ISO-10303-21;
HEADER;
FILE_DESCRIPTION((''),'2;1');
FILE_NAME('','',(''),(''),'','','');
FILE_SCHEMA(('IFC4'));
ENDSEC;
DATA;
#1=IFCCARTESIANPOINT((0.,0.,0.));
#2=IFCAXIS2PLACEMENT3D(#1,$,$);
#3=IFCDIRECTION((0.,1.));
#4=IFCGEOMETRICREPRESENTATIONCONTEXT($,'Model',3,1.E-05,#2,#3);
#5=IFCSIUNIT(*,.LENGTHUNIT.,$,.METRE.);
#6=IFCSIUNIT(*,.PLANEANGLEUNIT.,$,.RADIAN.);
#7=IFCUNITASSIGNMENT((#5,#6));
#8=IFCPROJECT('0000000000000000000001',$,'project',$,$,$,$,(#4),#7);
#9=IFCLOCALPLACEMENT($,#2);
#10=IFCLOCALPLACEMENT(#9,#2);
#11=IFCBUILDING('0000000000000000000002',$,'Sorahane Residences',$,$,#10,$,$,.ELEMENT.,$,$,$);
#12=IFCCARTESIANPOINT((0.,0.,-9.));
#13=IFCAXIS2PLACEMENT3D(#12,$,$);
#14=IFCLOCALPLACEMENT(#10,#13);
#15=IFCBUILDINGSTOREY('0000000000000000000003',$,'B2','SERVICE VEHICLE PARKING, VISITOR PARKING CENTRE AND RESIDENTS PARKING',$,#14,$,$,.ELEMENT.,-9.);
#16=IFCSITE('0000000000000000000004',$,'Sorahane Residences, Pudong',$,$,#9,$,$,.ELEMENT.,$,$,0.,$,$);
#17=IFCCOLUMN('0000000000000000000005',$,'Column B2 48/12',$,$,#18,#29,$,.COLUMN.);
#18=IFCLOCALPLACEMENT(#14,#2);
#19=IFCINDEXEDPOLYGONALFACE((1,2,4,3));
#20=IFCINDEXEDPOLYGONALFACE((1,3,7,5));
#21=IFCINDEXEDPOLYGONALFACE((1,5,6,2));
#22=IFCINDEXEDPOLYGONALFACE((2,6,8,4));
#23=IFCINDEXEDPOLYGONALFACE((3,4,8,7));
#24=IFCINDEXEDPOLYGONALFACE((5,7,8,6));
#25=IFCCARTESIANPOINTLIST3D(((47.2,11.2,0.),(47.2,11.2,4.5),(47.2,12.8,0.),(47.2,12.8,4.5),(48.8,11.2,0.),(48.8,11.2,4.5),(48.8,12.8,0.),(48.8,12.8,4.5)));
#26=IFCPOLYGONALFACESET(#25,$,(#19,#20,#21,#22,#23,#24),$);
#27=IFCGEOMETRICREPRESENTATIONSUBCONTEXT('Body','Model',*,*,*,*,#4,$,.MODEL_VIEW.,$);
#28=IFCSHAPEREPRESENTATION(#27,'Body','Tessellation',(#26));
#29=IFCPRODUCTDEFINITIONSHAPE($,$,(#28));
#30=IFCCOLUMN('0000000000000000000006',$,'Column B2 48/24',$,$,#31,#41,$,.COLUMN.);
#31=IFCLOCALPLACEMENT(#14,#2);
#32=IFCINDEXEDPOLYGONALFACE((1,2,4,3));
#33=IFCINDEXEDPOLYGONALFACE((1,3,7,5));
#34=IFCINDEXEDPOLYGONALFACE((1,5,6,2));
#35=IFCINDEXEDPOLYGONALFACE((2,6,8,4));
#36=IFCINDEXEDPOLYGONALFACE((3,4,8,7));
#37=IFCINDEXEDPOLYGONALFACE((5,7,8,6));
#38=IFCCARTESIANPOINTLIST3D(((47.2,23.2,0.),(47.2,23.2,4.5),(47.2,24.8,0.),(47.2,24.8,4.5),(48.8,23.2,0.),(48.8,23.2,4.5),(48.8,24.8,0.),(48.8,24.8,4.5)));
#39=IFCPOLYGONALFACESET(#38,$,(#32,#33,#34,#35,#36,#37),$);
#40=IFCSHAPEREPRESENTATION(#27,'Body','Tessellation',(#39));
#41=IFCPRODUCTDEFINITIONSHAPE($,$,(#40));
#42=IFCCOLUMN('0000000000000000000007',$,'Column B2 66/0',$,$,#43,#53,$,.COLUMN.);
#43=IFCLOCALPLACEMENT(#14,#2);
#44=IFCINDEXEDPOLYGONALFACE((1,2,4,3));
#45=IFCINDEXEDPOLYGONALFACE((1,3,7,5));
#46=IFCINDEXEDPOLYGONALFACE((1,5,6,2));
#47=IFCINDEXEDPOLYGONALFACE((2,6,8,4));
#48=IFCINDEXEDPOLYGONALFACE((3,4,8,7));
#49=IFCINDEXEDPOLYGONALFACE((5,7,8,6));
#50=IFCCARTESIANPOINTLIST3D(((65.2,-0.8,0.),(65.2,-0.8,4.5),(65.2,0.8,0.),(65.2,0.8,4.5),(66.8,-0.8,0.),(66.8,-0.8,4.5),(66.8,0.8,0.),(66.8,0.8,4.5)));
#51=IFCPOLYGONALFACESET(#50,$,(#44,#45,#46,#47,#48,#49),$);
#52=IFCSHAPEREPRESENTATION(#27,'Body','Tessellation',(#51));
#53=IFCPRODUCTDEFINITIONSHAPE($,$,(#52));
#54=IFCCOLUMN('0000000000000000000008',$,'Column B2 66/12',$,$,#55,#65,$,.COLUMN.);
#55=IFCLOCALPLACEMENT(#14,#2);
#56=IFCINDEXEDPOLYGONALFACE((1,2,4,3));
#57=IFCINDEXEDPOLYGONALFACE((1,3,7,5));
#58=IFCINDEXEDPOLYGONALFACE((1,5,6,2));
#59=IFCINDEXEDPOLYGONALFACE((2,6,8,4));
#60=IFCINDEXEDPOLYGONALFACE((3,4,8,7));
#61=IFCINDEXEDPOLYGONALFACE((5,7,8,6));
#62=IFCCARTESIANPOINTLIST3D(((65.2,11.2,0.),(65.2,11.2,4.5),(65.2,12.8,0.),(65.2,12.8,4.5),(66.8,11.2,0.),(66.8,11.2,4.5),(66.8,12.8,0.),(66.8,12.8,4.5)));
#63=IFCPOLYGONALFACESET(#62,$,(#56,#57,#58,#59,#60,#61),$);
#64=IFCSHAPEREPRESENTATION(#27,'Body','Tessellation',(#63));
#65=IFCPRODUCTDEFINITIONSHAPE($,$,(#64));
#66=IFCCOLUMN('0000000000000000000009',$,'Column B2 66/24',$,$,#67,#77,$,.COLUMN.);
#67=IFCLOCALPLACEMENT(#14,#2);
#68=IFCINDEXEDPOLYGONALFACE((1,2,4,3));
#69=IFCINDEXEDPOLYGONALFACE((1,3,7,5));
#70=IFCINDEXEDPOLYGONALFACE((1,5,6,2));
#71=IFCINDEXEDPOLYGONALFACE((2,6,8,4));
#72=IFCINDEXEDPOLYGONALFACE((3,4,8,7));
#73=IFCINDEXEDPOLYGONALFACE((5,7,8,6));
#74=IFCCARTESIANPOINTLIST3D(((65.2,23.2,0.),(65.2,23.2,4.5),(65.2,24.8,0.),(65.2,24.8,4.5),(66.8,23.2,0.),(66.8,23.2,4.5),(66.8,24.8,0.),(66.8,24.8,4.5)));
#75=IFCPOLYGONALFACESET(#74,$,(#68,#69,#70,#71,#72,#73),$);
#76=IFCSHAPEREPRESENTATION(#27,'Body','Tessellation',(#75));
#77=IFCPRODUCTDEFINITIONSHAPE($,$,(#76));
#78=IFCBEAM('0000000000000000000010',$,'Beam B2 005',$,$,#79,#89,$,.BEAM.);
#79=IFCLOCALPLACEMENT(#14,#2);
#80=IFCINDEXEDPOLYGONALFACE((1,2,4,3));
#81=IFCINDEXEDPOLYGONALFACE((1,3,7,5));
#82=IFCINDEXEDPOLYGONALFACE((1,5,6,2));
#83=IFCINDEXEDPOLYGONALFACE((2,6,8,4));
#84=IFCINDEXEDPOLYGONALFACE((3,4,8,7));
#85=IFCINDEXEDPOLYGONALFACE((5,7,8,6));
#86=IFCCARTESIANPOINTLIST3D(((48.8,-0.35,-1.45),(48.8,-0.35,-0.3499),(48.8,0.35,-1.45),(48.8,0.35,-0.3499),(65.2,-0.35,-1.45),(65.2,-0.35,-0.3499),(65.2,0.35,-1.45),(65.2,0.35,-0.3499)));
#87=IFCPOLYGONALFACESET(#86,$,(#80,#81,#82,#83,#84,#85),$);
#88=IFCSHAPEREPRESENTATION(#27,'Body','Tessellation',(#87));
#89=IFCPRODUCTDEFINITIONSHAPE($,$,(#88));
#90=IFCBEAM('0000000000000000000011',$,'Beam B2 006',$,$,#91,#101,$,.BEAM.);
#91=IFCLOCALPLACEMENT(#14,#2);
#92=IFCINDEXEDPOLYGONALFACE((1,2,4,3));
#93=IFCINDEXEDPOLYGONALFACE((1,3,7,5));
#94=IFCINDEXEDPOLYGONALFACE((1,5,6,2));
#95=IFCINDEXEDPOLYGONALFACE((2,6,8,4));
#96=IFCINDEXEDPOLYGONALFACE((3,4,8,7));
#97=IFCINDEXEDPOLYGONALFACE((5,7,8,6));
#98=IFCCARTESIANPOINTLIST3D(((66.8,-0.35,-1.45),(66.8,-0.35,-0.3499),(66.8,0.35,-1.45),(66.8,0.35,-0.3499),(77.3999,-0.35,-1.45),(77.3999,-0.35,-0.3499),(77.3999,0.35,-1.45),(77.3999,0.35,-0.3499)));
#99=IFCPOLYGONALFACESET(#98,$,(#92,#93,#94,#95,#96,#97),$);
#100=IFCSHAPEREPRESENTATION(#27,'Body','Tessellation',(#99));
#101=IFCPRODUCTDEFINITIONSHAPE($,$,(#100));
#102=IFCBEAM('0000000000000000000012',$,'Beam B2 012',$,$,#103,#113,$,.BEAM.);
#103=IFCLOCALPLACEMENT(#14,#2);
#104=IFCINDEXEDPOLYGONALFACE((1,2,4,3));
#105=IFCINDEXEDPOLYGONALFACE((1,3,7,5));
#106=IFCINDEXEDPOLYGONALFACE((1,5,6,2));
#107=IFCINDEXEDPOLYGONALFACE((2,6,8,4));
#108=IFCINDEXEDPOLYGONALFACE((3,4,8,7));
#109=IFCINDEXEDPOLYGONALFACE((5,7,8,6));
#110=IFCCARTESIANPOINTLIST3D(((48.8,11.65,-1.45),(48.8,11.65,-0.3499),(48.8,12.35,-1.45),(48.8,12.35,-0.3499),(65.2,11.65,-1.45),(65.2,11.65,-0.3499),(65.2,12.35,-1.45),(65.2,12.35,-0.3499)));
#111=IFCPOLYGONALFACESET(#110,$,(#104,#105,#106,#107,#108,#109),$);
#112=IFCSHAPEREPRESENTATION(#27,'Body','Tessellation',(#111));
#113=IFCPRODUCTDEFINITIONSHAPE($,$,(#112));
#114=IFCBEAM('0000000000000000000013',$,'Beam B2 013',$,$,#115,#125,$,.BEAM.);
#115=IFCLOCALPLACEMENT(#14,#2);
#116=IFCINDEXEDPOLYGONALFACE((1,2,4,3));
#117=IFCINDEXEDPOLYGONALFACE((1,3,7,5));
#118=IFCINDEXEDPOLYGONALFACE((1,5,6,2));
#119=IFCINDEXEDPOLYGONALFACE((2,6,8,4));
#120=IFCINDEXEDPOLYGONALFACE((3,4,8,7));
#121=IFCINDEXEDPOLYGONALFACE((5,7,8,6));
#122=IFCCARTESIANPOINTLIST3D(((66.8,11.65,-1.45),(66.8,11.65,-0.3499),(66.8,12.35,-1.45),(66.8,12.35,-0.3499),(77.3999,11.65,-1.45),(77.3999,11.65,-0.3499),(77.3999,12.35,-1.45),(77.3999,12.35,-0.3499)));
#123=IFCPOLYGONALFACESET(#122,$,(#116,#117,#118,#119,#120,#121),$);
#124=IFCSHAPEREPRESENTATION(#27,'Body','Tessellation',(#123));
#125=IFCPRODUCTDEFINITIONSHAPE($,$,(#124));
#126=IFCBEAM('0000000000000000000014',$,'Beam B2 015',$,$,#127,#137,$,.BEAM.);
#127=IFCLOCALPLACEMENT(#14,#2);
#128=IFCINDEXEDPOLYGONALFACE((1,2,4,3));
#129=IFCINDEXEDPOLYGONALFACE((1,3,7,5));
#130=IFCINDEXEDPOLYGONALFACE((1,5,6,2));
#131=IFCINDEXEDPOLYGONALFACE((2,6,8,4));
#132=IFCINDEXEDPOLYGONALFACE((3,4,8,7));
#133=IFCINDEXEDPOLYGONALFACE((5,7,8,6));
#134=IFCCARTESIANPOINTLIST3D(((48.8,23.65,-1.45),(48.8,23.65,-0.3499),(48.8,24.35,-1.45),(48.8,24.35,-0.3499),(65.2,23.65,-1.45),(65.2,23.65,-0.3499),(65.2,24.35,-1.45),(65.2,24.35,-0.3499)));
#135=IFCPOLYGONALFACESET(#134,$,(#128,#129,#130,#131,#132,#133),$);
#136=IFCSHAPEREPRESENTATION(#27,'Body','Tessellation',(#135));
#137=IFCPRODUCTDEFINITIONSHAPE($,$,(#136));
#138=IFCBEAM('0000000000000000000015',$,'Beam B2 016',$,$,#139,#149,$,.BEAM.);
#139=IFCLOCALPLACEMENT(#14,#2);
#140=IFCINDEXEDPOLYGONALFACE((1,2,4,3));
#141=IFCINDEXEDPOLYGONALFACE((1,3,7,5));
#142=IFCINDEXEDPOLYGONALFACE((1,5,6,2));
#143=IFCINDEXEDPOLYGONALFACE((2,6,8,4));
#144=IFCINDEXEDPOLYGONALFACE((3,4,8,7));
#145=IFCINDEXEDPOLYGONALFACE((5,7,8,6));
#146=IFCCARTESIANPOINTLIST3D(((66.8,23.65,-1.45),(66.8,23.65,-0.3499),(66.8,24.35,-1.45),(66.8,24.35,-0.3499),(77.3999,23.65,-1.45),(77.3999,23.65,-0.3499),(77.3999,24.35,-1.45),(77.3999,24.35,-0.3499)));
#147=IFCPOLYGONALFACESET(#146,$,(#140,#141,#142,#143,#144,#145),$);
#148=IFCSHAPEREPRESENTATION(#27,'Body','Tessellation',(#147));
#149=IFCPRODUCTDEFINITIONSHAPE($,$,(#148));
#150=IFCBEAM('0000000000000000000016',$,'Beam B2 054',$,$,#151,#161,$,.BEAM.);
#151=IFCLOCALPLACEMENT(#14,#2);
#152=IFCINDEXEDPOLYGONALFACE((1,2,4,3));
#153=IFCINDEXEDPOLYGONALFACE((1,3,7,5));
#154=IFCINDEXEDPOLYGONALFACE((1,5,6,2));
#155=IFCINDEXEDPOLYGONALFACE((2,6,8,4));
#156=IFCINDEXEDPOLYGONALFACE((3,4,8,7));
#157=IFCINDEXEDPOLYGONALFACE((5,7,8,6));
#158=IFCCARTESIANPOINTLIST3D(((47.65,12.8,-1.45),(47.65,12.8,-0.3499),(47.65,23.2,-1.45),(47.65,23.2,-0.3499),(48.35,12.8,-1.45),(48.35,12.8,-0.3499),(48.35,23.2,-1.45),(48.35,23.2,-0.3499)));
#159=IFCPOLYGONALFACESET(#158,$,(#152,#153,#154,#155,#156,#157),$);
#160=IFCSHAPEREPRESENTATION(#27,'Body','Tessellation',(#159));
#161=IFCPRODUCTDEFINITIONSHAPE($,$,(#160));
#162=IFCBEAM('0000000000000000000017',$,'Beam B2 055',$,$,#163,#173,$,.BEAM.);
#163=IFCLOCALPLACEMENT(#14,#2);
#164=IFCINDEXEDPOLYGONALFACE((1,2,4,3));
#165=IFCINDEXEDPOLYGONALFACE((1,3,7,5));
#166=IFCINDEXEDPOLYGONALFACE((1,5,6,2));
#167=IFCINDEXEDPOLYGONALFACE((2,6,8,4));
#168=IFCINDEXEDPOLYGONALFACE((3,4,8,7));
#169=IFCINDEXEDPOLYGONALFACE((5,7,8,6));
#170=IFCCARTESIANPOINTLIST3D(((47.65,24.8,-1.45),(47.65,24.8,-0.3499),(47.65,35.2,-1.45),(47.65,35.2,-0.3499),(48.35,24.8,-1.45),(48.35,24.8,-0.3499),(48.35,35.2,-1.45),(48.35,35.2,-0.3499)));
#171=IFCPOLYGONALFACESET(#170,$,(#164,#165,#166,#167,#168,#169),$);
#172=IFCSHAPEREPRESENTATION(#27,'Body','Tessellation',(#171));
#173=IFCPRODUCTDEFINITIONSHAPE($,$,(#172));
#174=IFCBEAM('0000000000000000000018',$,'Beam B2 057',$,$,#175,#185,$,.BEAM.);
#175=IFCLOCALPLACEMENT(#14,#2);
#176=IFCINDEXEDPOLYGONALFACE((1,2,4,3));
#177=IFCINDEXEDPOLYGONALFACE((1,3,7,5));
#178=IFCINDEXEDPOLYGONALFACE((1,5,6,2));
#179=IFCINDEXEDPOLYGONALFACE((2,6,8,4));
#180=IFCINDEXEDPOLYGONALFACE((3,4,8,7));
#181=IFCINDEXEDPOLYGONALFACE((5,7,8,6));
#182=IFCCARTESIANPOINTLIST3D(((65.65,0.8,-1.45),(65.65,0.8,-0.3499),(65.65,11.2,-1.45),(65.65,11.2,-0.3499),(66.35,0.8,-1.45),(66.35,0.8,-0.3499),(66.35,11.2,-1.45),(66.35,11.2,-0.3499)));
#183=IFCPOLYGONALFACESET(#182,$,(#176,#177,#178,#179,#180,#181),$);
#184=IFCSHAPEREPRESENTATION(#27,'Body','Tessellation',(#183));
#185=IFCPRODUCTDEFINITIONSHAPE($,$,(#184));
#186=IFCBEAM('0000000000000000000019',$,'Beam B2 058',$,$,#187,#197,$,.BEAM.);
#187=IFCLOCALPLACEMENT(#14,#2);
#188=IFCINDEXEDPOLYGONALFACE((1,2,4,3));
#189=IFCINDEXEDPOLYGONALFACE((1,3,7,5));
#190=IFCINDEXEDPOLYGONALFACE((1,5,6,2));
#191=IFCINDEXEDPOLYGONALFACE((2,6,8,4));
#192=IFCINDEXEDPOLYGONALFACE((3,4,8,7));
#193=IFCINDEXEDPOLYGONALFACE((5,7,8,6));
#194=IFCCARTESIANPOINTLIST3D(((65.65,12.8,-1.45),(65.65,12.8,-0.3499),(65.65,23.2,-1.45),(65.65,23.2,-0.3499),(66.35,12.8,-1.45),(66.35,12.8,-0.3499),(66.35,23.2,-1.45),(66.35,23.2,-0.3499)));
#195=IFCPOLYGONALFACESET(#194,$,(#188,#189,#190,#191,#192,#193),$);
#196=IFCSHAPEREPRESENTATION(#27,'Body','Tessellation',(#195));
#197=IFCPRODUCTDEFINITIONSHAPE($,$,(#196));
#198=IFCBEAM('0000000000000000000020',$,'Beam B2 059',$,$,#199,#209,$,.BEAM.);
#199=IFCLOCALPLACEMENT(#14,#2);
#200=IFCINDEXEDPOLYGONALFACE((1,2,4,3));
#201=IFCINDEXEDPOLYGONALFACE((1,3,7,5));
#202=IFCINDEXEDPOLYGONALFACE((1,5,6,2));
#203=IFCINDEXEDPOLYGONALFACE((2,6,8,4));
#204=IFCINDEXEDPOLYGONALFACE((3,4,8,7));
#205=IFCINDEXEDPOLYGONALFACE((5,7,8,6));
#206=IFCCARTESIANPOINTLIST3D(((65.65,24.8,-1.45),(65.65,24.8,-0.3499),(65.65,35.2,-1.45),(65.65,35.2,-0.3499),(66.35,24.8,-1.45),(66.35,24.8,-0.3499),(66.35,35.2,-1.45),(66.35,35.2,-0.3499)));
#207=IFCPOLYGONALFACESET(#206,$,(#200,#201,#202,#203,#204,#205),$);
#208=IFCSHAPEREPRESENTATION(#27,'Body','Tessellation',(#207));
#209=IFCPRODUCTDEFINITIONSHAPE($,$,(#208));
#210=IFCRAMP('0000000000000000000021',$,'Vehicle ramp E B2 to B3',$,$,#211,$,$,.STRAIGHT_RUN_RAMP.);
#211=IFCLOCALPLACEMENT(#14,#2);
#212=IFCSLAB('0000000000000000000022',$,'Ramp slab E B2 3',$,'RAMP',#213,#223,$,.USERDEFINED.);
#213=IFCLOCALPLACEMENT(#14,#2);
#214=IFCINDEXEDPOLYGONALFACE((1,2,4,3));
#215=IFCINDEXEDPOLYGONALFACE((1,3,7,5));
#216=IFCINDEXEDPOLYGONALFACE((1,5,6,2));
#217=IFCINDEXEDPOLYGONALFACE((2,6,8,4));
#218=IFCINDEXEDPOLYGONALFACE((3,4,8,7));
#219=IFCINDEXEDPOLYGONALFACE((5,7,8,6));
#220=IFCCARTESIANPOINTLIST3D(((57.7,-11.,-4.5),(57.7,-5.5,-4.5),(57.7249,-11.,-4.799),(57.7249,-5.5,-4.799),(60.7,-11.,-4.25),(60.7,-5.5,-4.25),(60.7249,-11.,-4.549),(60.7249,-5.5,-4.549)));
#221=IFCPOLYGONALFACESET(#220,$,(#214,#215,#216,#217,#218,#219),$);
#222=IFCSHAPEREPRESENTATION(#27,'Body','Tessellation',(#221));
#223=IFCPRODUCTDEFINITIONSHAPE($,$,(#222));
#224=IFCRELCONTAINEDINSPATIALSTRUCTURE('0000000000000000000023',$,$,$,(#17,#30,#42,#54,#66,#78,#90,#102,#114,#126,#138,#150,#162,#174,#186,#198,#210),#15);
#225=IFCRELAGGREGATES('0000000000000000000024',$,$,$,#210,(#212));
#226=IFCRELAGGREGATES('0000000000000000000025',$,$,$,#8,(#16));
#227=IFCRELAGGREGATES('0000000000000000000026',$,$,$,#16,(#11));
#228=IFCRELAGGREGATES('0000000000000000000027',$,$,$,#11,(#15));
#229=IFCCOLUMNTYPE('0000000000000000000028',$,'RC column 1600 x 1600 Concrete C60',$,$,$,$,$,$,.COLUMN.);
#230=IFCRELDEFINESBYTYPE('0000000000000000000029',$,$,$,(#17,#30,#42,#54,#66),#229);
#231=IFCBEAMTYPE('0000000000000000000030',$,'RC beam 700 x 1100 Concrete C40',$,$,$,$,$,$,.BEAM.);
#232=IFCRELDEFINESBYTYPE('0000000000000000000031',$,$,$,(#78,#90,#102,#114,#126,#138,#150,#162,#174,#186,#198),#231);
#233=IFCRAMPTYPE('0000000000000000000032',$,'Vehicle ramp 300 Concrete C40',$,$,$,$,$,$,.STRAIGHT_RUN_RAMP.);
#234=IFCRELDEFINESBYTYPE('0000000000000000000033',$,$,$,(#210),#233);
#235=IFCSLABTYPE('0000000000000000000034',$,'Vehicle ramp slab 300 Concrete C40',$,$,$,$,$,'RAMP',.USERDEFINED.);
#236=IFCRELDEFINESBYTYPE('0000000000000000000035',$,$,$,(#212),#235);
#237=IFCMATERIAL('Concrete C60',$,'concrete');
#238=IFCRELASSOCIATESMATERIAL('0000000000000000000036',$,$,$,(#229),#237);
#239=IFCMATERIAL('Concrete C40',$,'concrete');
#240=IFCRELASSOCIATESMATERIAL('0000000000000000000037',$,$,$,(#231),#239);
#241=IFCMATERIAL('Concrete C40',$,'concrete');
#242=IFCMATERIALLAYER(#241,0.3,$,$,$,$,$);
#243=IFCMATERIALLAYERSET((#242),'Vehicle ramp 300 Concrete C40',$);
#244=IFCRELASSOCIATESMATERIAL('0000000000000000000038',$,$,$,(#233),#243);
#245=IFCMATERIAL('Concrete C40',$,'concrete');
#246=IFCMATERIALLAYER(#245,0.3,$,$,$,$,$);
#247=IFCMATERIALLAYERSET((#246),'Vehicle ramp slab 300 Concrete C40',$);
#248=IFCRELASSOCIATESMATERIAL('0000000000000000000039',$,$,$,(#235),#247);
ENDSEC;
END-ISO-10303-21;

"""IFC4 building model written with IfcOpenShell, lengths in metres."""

from ifc_helpers import new_model, si_unit, direction, frame, origin, origin_2d, place, context, subcontext, project, spatial, polyline, rectangle, outline, extrude, material, layer, layer_set, material_profile, profile_set, type_object, element, aggregate, save


model = new_model("IFC4")

# Units and contexts
model_context = context("Model", 3, precision=1e-05, world=origin(), true_north=direction((0.0, 1.0)))
body_context = subcontext(model_context, "Body", "Model", "MODEL_VIEW")
ifc_project = project(units=[si_unit("LENGTHUNIT", "METRE"), si_unit("PLANEANGLEUNIT", "RADIAN")], contexts=[model_context])

# Site, building, storey
site_placement = place(None, origin())
site = spatial("IfcSite", under=ifc_project, at=site_placement, Name="Sorahane Residences, Pudong", CompositionType="ELEMENT", RefElevation=0.0)
building_placement = place(site_placement, origin())
building = spatial("IfcBuilding", under=site, at=building_placement, Name="Sorahane Residences", CompositionType="ELEMENT")
storey_placement = place(building_placement, frame((0.0, 0.0, -9.0)))
storey = spatial("IfcBuildingStorey", under=building, at=storey_placement, Name="B2", Description="SERVICE VEHICLE PARKING, VISITOR PARKING CENTRE AND RESIDENTS PARKING", CompositionType="ELEMENT", Elevation=-9.0)

# Columns
ifc_material_1 = material(Name="Concrete C60", Category="concrete")
ifc_material_profile_1 = material_profile(ifc_material_1, rectangle(XDim=1.6001, YDim=1.6001, at=origin_2d()), Name="1600x1600")
ifc_profile_set_1 = profile_set([ifc_material_profile_1], Name="Concrete C60")
column_type = type_object("IfcColumnType", Name="RC column 1600 x 1600 Concrete C60", PredefinedType="COLUMN", material=ifc_profile_set_1)
for number, where, z_axis, x_axis, name in (
    (1, (48.0, 12.0, 0.0), (0.0, 0.0, 1.0), (1.0, 0.0, 0.0), "Column B2 48/12"),
    (2, (48.0, 24.0, 0.0), (0.0, 0.0, 1.0), (1.0, 0.0, 0.0), "Column B2 48/24"),
    (3, (66.0, 0.0, 0.0), (0.0, 0.0, 1.0), (1.0, 0.0, 0.0), "Column B2 66/0"),
    (4, (66.0, 12.0, 0.0), (0.0, 0.0, 1.0), (1.0, 0.0, 0.0), "Column B2 66/12"),
    (5, (66.0, 24.0, 0.0), (0.0, 0.0, 1.0), (1.0, 0.0, 0.0), "Column B2 66/24"),
):
    element("IfcColumn", number, at=place(storey_placement, frame(where, z_axis=z_axis, x_axis=x_axis)), inside=storey, type_object=column_type, Name=name, PredefinedType="COLUMN", context=body_context, shape_type="SweptSolid", body=[
        extrude(rectangle(XDim=1.6001, YDim=1.6001, at=origin_2d()), origin(), (0.0, 0.0, 1.0), 4.5),
    ])

# Beams
ifc_material_2 = material(Name="Concrete C40", Category="concrete")
ifc_material_profile_2 = material_profile(ifc_material_2, rectangle(XDim=0.7, YDim=1.1001, at=origin_2d()), Name="700x1100")
ifc_profile_set_2 = profile_set([ifc_material_profile_2], Name="Concrete C40")
beam_type = type_object("IfcBeamType", Name="RC beam 700 x 1100 Concrete C40", PredefinedType="BEAM", material=ifc_profile_set_2)
beam_1_placement = place(storey_placement, frame((48.8, 0.0, -0.8999), z_axis=(1.0, 0.0, 0.0), x_axis=(0.0, 1.0, 0.0)))
element("IfcBeam", 6, at=beam_1_placement, inside=storey, type_object=beam_type, Name="Beam B2 005", PredefinedType="BEAM", context=body_context, shape_type="SweptSolid", body=[
    extrude(rectangle(XDim=0.7, YDim=1.1001, at=origin_2d()), origin(), (0.0, 0.0, 1.0), 16.3999),
])
beam_2_placement = place(storey_placement, frame((66.8, 0.0, -0.8999), z_axis=(1.0, 0.0, 0.0), x_axis=(0.0, 1.0, 0.0)))
element("IfcBeam", 7, at=beam_2_placement, inside=storey, type_object=beam_type, Name="Beam B2 006", PredefinedType="BEAM", context=body_context, shape_type="SweptSolid", body=[
    extrude(rectangle(XDim=0.7, YDim=1.1001, at=origin_2d()), origin(), (0.0, 0.0, 1.0), 10.5999),
])
beam_3_placement = place(storey_placement, frame((48.8, 12.0, -0.8999), z_axis=(1.0, 0.0, 0.0), x_axis=(0.0, 1.0, 0.0)))
element("IfcBeam", 8, at=beam_3_placement, inside=storey, type_object=beam_type, Name="Beam B2 012", PredefinedType="BEAM", context=body_context, shape_type="SweptSolid", body=[
    extrude(rectangle(XDim=0.7, YDim=1.1001, at=origin_2d()), origin(), (0.0, 0.0, 1.0), 16.3999),
])
beam_4_placement = place(storey_placement, frame((66.8, 12.0, -0.8999), z_axis=(1.0, 0.0, 0.0), x_axis=(0.0, 1.0, 0.0)))
element("IfcBeam", 9, at=beam_4_placement, inside=storey, type_object=beam_type, Name="Beam B2 013", PredefinedType="BEAM", context=body_context, shape_type="SweptSolid", body=[
    extrude(rectangle(XDim=0.7, YDim=1.1001, at=origin_2d()), origin(), (0.0, 0.0, 1.0), 10.5999),
])
beam_5_placement = place(storey_placement, frame((48.8, 24.0, -0.8999), z_axis=(1.0, 0.0, 0.0), x_axis=(0.0, 1.0, 0.0)))
element("IfcBeam", 10, at=beam_5_placement, inside=storey, type_object=beam_type, Name="Beam B2 015", PredefinedType="BEAM", context=body_context, shape_type="SweptSolid", body=[
    extrude(rectangle(XDim=0.7, YDim=1.1001, at=origin_2d()), origin(), (0.0, 0.0, 1.0), 16.3999),
])
beam_6_placement = place(storey_placement, frame((66.8, 24.0, -0.8999), z_axis=(1.0, 0.0, 0.0), x_axis=(0.0, 1.0, 0.0)))
element("IfcBeam", 11, at=beam_6_placement, inside=storey, type_object=beam_type, Name="Beam B2 016", PredefinedType="BEAM", context=body_context, shape_type="SweptSolid", body=[
    extrude(rectangle(XDim=0.7, YDim=1.1001, at=origin_2d()), origin(), (0.0, 0.0, 1.0), 10.5999),
])
for number, where, z_axis, x_axis, name in (
    (12, (48.0, 12.8, -0.8999), (0.0, 1.0, 0.0), (-1.0, 0.0, 0.0), "Beam B2 054"),
    (13, (48.0, 24.8, -0.8999), (0.0, 1.0, 0.0), (-1.0, 0.0, 0.0), "Beam B2 055"),
    (14, (66.0, 0.8, -0.8999), (0.0, 1.0, 0.0), (-1.0, 0.0, 0.0), "Beam B2 057"),
    (15, (66.0, 12.8, -0.8999), (0.0, 1.0, 0.0), (-1.0, 0.0, 0.0), "Beam B2 058"),
    (16, (66.0, 24.8, -0.8999), (0.0, 1.0, 0.0), (-1.0, 0.0, 0.0), "Beam B2 059"),
):
    element("IfcBeam", number, at=place(storey_placement, frame(where, z_axis=z_axis, x_axis=x_axis)), inside=storey, type_object=beam_type, Name=name, PredefinedType="BEAM", context=body_context, shape_type="SweptSolid", body=[
        extrude(rectangle(XDim=0.7, YDim=1.1001, at=origin_2d()), origin(), (0.0, 0.0, 1.0), 10.3999),
    ])

# Ramp, slab
ifc_material_3 = material(Name="Concrete C40", Category="concrete")
ifc_layer_1 = layer(ifc_material_3, 0.3)
ifc_layer_set_1 = layer_set([ifc_layer_1], Name="Vehicle ramp 300 Concrete C40")
ramp_type = type_object("IfcRampType", Name="Vehicle ramp 300 Concrete C40", PredefinedType="STRAIGHT_RUN_RAMP", material=ifc_layer_set_1)
ramp_placement = place(storey_placement, origin())
ramp = element("IfcRamp", 17, at=ramp_placement, inside=storey, type_object=ramp_type, Name="Vehicle ramp E B2 to B3", PredefinedType="STRAIGHT_RUN_RAMP")
ifc_material_4 = material(Name="Concrete C40", Category="concrete")
ifc_layer_2 = layer(ifc_material_4, 0.3)
ifc_layer_set_2 = layer_set([ifc_layer_2], Name="Vehicle ramp slab 300 Concrete C40")
slab_type = type_object("IfcSlabType", Name="Vehicle ramp slab 300 Concrete C40", ElementType="RAMP", PredefinedType="USERDEFINED", material=ifc_layer_set_2)
slab_placement = place(storey_placement, frame((60.7, -11.0, -4.25), z_axis=(-0.083045, 0.0, 0.996546), x_axis=(-0.996546, 0.0, -0.083045)))
slab = element("IfcSlab", 18, at=slab_placement, type_object=slab_type, Name="Ramp slab E B2 3", ObjectType="RAMP", PredefinedType="USERDEFINED", context=body_context, shape_type="SweptSolid", body=[
    extrude(outline(polyline([(0.0, 0.0), (3.0104, 0.0), (3.0104, -5.5), (0.0, -5.5), (0.0, 0.0)])), origin(), (0.0, 0.0, -1.0), 0.3),
])
aggregate(ramp, [slab])

save(model, "model.ifc")
